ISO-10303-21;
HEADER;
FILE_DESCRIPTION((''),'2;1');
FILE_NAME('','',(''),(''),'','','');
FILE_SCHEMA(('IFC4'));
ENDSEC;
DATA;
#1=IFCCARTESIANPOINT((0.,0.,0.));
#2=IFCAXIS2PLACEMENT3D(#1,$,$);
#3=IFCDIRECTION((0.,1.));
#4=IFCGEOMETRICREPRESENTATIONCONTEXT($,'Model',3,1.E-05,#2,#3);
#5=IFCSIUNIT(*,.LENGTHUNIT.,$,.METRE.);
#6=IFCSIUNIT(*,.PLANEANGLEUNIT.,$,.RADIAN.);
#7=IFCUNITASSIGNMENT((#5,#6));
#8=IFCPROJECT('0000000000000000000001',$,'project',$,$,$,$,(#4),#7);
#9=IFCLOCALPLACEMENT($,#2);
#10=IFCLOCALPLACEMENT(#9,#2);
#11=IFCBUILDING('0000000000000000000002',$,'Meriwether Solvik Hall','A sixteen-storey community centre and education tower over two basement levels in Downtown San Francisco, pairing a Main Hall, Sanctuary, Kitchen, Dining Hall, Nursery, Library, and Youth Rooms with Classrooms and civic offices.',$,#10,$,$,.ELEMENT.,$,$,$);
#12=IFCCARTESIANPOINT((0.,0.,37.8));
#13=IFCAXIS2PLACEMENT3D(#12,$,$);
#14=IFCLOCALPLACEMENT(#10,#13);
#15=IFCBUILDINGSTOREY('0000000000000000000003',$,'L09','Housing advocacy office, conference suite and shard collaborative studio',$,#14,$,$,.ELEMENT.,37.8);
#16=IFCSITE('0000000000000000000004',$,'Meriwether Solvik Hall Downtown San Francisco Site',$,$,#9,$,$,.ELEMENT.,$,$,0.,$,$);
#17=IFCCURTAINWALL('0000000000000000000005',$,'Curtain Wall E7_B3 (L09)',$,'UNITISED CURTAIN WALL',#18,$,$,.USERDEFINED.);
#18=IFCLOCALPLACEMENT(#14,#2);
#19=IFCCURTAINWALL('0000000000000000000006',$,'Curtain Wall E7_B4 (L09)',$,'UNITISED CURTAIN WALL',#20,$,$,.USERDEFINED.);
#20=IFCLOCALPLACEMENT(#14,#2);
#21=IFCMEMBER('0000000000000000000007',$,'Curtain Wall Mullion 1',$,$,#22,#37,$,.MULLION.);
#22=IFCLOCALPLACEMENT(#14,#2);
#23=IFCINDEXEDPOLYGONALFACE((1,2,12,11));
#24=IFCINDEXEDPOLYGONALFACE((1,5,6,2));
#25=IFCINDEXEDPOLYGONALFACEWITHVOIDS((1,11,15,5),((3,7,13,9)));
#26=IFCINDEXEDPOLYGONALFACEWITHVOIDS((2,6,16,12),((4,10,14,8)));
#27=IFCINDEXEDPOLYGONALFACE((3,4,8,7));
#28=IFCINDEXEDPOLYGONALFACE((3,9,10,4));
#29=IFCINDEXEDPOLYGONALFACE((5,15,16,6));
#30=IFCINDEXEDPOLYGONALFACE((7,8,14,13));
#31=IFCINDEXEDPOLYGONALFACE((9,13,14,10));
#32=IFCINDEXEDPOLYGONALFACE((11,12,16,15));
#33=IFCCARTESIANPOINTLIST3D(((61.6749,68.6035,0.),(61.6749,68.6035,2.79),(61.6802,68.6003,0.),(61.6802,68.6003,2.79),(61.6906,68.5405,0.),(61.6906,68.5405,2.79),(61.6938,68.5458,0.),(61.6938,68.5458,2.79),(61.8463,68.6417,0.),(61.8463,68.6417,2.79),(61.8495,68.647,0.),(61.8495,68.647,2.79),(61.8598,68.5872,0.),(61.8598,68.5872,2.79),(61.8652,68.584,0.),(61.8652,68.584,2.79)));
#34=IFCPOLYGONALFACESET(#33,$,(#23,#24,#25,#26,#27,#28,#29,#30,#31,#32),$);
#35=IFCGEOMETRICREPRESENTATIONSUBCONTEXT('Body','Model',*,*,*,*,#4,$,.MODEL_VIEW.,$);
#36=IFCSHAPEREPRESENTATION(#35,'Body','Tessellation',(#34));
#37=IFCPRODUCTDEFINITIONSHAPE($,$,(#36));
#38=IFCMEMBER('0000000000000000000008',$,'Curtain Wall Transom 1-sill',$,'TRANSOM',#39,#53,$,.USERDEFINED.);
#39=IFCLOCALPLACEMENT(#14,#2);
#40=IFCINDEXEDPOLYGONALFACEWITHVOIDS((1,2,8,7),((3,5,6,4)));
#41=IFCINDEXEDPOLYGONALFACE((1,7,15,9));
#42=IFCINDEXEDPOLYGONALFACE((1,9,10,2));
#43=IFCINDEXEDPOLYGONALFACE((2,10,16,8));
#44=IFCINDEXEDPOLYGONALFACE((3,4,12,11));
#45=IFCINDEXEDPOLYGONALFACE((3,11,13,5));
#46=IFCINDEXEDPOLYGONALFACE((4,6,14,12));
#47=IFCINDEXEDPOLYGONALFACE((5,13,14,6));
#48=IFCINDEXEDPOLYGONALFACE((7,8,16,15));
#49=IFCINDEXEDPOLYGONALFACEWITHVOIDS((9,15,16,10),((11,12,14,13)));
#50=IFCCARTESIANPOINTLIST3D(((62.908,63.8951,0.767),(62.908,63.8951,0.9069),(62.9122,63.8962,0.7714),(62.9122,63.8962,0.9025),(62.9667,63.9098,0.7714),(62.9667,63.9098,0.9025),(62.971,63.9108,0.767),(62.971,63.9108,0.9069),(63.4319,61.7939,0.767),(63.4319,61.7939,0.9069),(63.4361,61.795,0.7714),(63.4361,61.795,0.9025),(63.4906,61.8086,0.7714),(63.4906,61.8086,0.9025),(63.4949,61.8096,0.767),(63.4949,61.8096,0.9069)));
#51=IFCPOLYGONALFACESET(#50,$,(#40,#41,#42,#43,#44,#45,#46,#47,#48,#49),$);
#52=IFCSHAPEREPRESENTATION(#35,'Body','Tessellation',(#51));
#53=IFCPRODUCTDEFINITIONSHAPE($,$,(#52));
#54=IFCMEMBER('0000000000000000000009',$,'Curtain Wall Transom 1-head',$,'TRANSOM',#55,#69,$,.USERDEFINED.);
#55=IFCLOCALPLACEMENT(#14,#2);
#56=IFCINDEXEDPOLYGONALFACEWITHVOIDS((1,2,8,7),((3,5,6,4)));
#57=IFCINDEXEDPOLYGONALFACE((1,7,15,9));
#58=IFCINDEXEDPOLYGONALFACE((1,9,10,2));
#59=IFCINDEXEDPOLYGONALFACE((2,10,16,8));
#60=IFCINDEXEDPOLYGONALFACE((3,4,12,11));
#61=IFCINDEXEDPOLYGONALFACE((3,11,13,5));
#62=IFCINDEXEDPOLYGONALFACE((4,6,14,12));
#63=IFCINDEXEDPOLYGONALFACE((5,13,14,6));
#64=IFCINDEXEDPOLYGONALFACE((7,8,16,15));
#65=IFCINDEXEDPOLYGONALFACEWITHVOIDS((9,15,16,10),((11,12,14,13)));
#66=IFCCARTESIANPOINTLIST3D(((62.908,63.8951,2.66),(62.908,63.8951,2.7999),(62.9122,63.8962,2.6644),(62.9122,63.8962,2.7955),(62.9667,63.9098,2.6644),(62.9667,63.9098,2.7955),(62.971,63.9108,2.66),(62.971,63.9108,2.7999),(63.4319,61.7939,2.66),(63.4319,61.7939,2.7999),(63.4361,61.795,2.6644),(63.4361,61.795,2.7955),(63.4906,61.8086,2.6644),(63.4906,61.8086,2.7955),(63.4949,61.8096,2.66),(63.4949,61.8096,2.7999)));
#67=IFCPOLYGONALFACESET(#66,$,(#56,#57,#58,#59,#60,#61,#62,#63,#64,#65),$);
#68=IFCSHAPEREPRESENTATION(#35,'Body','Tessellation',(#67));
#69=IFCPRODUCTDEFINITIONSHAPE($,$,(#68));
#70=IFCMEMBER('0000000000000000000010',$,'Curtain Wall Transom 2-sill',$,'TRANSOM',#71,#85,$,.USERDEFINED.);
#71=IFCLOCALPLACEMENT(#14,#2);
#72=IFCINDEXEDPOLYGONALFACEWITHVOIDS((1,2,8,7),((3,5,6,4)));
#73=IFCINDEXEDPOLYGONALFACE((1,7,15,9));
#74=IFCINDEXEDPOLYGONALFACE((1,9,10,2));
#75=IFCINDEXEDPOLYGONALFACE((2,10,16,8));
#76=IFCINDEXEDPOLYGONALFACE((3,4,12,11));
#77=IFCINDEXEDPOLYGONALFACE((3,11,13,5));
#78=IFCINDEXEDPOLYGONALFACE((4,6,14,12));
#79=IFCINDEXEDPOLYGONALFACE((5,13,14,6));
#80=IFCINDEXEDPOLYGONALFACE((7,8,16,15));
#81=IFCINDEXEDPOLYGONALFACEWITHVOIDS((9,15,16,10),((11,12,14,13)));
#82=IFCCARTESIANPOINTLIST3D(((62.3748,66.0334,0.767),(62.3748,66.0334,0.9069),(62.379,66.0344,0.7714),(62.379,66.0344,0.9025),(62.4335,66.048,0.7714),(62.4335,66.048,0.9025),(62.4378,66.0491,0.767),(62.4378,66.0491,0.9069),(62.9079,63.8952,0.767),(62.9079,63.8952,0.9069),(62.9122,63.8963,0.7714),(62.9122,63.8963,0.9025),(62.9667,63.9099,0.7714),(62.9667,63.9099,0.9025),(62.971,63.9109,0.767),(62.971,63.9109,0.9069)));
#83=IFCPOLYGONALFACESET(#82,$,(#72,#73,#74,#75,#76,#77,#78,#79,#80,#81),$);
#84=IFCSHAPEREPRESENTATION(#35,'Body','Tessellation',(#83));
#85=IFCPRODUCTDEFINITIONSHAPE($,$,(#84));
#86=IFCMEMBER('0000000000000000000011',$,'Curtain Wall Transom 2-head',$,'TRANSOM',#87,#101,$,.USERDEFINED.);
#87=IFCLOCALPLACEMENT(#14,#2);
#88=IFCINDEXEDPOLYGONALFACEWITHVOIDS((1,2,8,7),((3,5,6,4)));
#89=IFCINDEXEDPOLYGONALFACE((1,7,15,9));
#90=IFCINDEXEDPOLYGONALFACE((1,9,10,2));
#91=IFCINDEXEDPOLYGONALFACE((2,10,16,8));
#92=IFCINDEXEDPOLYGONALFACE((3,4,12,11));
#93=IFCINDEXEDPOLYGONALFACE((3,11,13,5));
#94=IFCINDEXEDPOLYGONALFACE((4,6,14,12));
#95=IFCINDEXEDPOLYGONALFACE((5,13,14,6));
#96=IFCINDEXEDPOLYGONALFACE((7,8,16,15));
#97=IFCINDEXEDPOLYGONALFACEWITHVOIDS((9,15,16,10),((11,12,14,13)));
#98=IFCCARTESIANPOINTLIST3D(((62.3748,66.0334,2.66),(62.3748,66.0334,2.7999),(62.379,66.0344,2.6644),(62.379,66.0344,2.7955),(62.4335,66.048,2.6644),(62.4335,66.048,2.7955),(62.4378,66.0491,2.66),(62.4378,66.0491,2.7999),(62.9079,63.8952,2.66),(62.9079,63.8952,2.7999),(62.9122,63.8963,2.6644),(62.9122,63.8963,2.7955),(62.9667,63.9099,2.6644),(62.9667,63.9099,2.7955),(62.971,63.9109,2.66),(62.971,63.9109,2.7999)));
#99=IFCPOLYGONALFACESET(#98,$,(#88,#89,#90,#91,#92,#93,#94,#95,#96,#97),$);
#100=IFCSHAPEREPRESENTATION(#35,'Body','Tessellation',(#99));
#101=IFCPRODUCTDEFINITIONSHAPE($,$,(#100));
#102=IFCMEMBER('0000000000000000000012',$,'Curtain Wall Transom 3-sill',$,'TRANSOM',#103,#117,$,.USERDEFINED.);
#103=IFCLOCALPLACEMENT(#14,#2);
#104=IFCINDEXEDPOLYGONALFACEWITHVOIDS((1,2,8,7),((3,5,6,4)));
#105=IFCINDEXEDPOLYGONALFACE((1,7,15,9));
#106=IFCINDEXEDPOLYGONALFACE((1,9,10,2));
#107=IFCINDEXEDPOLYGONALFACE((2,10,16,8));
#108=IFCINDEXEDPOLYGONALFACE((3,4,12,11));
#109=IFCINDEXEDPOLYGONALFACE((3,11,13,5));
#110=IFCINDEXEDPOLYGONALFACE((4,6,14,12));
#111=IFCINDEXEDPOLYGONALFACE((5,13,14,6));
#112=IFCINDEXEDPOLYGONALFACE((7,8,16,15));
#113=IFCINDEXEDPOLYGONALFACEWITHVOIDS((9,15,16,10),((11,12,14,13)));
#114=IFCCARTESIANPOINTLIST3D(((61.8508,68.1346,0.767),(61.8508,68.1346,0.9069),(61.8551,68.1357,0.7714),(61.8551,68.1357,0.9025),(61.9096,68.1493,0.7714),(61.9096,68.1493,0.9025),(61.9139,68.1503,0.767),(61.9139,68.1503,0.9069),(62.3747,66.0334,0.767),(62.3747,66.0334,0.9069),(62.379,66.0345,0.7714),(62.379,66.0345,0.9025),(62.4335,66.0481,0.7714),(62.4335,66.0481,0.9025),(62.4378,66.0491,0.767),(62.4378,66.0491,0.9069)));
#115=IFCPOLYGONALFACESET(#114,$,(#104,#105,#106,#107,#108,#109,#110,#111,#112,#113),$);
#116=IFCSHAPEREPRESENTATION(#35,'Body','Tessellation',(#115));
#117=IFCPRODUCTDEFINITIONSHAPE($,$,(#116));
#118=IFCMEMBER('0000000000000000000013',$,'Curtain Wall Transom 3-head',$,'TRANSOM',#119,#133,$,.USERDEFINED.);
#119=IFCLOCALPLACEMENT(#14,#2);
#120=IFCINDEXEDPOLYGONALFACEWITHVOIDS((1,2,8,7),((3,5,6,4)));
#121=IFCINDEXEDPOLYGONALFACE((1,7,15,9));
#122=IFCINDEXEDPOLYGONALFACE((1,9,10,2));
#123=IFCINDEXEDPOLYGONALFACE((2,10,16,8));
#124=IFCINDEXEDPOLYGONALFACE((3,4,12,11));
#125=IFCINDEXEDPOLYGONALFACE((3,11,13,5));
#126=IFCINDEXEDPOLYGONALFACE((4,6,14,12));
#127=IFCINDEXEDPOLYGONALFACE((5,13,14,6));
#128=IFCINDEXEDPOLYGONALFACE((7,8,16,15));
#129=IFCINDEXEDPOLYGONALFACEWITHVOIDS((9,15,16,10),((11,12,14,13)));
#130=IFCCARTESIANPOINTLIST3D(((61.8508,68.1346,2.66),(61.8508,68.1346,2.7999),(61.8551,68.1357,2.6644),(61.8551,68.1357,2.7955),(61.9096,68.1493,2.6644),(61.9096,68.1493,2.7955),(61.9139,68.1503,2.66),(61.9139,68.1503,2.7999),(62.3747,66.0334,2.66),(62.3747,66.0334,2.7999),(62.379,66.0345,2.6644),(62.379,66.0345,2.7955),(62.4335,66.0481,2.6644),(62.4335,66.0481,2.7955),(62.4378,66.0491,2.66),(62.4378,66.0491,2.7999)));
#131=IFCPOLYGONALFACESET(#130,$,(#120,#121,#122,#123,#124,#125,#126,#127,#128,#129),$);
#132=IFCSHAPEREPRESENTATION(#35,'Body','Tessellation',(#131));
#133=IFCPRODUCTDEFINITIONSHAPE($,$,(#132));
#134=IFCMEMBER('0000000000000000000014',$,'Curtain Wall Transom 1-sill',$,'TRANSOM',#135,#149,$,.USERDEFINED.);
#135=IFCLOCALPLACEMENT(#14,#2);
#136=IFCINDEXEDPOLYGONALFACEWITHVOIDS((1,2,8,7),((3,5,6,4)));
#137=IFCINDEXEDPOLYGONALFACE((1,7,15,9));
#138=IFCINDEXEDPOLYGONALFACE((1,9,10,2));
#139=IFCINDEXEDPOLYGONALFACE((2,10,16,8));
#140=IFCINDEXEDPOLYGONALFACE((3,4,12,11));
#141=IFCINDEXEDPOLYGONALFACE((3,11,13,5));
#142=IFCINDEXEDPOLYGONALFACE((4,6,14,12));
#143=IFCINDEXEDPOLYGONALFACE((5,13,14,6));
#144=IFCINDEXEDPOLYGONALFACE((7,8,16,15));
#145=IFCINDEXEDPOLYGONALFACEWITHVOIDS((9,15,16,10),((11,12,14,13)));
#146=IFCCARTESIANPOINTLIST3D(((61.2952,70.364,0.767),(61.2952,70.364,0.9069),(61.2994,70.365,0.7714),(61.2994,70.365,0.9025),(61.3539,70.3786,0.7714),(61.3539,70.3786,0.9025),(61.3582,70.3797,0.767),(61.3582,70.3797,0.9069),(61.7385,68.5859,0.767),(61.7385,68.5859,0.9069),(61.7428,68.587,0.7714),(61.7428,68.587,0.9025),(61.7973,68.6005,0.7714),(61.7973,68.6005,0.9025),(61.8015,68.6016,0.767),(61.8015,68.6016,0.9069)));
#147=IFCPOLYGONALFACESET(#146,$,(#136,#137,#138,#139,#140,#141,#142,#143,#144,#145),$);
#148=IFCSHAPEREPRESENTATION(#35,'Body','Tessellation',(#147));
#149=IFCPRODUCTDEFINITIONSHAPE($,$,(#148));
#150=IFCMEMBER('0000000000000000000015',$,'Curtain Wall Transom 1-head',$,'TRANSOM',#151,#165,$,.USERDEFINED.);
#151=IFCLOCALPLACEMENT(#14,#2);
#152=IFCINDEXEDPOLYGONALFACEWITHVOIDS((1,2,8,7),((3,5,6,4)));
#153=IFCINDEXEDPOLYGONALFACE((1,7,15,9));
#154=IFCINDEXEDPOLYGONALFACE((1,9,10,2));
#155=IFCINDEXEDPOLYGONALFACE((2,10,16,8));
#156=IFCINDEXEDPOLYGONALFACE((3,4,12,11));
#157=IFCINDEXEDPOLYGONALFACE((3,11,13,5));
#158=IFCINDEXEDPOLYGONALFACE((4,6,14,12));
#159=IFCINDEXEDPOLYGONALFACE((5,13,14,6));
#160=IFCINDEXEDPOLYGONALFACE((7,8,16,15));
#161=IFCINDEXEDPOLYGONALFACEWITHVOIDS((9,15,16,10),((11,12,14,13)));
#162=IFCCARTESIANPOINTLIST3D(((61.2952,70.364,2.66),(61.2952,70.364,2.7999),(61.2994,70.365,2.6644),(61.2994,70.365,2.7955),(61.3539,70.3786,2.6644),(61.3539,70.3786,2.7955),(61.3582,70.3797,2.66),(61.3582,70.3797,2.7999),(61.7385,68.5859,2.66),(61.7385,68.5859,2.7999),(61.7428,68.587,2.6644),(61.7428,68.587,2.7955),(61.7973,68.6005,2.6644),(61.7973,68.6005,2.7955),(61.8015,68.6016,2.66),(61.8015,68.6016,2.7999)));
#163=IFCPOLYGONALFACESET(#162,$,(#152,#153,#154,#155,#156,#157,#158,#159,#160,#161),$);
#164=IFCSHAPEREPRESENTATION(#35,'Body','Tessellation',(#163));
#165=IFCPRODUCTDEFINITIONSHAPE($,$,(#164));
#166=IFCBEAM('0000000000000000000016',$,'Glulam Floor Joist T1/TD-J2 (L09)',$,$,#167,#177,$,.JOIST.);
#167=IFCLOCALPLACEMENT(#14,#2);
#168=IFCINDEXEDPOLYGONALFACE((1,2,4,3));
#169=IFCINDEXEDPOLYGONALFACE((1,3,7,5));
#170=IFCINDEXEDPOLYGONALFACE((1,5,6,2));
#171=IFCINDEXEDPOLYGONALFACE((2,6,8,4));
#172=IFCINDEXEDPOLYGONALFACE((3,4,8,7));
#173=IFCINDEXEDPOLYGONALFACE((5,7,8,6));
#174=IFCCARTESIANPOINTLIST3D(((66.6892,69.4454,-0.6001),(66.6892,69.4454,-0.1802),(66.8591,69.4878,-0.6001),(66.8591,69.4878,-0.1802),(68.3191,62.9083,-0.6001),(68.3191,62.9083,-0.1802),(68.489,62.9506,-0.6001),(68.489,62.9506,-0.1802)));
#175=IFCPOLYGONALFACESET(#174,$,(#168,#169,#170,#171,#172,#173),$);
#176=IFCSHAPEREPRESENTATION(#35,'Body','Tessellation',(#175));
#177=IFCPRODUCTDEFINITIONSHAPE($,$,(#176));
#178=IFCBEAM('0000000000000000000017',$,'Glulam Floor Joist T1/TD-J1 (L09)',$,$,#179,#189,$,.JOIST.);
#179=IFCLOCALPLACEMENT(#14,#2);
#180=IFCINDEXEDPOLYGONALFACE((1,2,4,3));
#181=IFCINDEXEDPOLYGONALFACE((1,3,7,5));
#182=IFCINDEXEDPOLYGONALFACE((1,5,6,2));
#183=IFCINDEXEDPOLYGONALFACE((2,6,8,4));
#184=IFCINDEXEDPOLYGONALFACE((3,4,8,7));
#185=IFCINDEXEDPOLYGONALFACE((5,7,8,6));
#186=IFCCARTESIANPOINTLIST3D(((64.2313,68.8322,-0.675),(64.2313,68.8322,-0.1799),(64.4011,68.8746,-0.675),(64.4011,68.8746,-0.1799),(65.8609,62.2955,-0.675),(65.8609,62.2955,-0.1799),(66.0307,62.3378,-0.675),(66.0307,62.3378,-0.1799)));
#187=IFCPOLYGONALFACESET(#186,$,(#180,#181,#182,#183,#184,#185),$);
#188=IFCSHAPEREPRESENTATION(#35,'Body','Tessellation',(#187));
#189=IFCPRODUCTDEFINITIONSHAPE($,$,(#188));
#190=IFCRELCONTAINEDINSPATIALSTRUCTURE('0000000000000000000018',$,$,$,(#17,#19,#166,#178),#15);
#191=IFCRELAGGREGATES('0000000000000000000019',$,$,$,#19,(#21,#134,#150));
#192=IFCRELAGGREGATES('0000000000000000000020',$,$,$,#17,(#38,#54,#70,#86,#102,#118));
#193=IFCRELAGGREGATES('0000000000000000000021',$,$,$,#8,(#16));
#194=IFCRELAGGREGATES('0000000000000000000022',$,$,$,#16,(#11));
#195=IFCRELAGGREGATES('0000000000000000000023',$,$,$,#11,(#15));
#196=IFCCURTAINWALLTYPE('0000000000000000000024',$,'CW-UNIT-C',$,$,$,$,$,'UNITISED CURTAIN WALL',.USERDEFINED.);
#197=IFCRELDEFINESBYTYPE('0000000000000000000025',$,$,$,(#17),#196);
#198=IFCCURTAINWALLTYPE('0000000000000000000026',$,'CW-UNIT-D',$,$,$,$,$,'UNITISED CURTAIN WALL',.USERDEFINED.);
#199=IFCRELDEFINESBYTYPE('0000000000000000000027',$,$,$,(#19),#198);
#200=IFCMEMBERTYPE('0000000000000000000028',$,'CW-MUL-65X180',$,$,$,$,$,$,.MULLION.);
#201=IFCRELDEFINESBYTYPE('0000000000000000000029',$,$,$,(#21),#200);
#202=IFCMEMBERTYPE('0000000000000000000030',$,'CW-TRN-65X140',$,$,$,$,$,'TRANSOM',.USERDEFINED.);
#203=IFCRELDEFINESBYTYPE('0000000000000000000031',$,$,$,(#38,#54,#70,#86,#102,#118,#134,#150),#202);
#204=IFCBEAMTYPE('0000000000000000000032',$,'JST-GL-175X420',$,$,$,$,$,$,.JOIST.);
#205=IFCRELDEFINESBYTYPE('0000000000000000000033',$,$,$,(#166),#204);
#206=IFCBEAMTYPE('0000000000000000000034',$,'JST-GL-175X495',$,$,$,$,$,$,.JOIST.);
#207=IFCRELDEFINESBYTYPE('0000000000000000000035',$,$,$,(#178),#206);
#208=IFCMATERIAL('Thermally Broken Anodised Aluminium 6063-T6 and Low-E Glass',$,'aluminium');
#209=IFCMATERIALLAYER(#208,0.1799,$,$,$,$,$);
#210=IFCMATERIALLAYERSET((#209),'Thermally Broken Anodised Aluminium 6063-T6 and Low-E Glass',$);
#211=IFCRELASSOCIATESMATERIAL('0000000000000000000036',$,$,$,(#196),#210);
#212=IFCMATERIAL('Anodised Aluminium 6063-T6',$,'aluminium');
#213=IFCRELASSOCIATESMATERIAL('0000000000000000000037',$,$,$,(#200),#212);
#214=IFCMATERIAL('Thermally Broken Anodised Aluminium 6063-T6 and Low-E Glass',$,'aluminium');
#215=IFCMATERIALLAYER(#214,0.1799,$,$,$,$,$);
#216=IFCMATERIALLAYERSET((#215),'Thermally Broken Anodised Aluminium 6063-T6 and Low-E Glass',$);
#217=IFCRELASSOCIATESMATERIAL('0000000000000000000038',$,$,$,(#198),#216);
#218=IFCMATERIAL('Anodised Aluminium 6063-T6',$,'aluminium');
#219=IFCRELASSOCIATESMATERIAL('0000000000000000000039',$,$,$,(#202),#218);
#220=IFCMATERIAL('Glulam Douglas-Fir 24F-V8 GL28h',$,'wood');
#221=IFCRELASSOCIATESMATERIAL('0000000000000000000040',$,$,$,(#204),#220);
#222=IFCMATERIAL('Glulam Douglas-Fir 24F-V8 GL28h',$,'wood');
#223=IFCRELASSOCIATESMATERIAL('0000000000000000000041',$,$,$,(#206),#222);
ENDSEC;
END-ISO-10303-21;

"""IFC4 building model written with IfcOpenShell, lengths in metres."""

from ifc_helpers import new_model, si_unit, direction, frame, origin, origin_2d, place, context, subcontext, project, spatial, rectangle, hollow_rectangle, extrude, material, layer, layer_set, material_profile, profile_set, type_object, element, aggregate, save


model = new_model("IFC4")

# Units and contexts
model_context = context("Model", 3, precision=1e-05, world=origin(), true_north=direction((0.0, 1.0)))
body_context = subcontext(model_context, "Body", "Model", "MODEL_VIEW")
ifc_project = project(units=[si_unit("LENGTHUNIT", "METRE"), si_unit("PLANEANGLEUNIT", "RADIAN")], contexts=[model_context])

# Site, building, storey
site_placement = place(None, origin())
site = spatial("IfcSite", under=ifc_project, at=site_placement, Name="Meriwether Solvik Hall Downtown San Francisco Site", CompositionType="ELEMENT", RefElevation=0.0)
building_placement = place(site_placement, origin())
building = spatial("IfcBuilding", under=site, at=building_placement, Name="Meriwether Solvik Hall", Description="A sixteen-storey community centre and education tower over two basement levels in Downtown San Francisco, pairing a Main Hall, Sanctuary, Kitchen, Dining Hall, Nursery, Library, and Youth Rooms with Classrooms and civic offices.", CompositionType="ELEMENT")
storey_placement = place(building_placement, frame((0.0, 0.0, 37.8)))
storey = spatial("IfcBuildingStorey", under=building, at=storey_placement, Name="L09", Description="Housing advocacy office, conference suite and shard collaborative studio", CompositionType="ELEMENT", Elevation=37.8)

# Curtain wall
ifc_material_1 = material(Name="Thermally Broken Anodised Aluminium 6063-T6 and Low-E Glass", Category="aluminium")
ifc_layer_1 = layer(ifc_material_1, 0.1799)
ifc_layer_set_1 = layer_set([ifc_layer_1], Name="Thermally Broken Anodised Aluminium 6063-T6 and Low-E Glass")
curtain_wall_type_1 = type_object("IfcCurtainWallType", Name="CW-UNIT-C", ElementType="UNITISED CURTAIN WALL", PredefinedType="USERDEFINED", material=ifc_layer_set_1)
curtain_wall_1_placement = place(storey_placement, origin())
curtain_wall_1 = element("IfcCurtainWall", 1, at=curtain_wall_1_placement, inside=storey, type_object=curtain_wall_type_1, Name="Curtain Wall E7_B3 (L09)", ObjectType="UNITISED CURTAIN WALL", PredefinedType="USERDEFINED")
ifc_material_2 = material(Name="Anodised Aluminium 6063-T6", Category="aluminium")
ifc_material_profile_1 = material_profile(ifc_material_2, hollow_rectangle(XDim=0.0649, YDim=0.1799, WallThickness=0.0044, at=origin_2d()), Name="CWM-65X180")
ifc_profile_set_1 = profile_set([ifc_material_profile_1], Name="Anodised Aluminium 6063-T6")
member_type_1 = type_object("IfcMemberType", Name="CW-MUL-65X180", PredefinedType="MULLION", material=ifc_profile_set_1)

# Curtain wall, member
ifc_material_3 = material(Name="Thermally Broken Anodised Aluminium 6063-T6 and Low-E Glass", Category="aluminium")
ifc_layer_2 = layer(ifc_material_3, 0.1799)
ifc_layer_set_2 = layer_set([ifc_layer_2], Name="Thermally Broken Anodised Aluminium 6063-T6 and Low-E Glass")
curtain_wall_type_2 = type_object("IfcCurtainWallType", Name="CW-UNIT-D", ElementType="UNITISED CURTAIN WALL", PredefinedType="USERDEFINED", material=ifc_layer_set_2)
curtain_wall_2_placement = place(storey_placement, origin())
curtain_wall_2 = element("IfcCurtainWall", 2, at=curtain_wall_2_placement, inside=storey, type_object=curtain_wall_type_2, Name="Curtain Wall E7_B4 (L09)", ObjectType="UNITISED CURTAIN WALL", PredefinedType="USERDEFINED")
member_1_placement = place(storey_placement, frame((61.77, 68.5938, 0.0), z_axis=(0.0, 0.0, 1.0), x_axis=(-0.241922, 0.970296, 0.0)))
member_1 = element("IfcMember", 3, at=member_1_placement, type_object=member_type_1, Name="Curtain Wall Mullion 1", PredefinedType="MULLION", context=body_context, shape_type="SweptSolid", body=[
    extrude(hollow_rectangle(XDim=0.0649, YDim=0.1799, WallThickness=0.0044, at=origin_2d()), origin(), (0.0, 0.0, 1.0), 2.79),
])

# Members
ifc_material_4 = material(Name="Anodised Aluminium 6063-T6", Category="aluminium")
ifc_material_profile_2 = material_profile(ifc_material_4, hollow_rectangle(XDim=0.0649, YDim=0.1399, WallThickness=0.0044, at=origin_2d()), Name="CWT-65X140")
ifc_profile_set_2 = profile_set([ifc_material_profile_2], Name="Anodised Aluminium 6063-T6")
member_type_2 = type_object("IfcMemberType", Name="CW-TRN-65X140", ElementType="TRANSOM", PredefinedType="USERDEFINED", material=ifc_profile_set_2)
member_2_placement = place(storey_placement, frame((63.4634, 61.8018, 0.8369), z_axis=(-0.241925, 0.970295, 0.0), x_axis=(-0.970295, -0.241925, 0.0)))
member_2 = element("IfcMember", 4, at=member_2_placement, type_object=member_type_2, Name="Curtain Wall Transom 1-sill", ObjectType="TRANSOM", PredefinedType="USERDEFINED", context=body_context, shape_type="SweptSolid", body=[
    extrude(hollow_rectangle(XDim=0.0649, YDim=0.1399, WallThickness=0.0044, at=origin_2d()), origin(), (0.0, 0.0, 1.0), 2.1655),
])
member_3_placement = place(storey_placement, frame((63.4634, 61.8018, 2.73), z_axis=(-0.241925, 0.970295, 0.0), x_axis=(-0.970295, -0.241925, 0.0)))
member_3 = element("IfcMember", 5, at=member_3_placement, type_object=member_type_2, Name="Curtain Wall Transom 1-head", ObjectType="TRANSOM", PredefinedType="USERDEFINED", context=body_context, shape_type="SweptSolid", body=[
    extrude(hollow_rectangle(XDim=0.0649, YDim=0.1399, WallThickness=0.0044, at=origin_2d()), origin(), (0.0, 0.0, 1.0), 2.1655),
])
member_4_placement = place(storey_placement, frame((62.9395, 63.9031, 0.8369), z_axis=(-0.241962, 0.970286, 0.0), x_axis=(-0.970286, -0.241962, 0.0)))
member_4 = element("IfcMember", 6, at=member_4_placement, type_object=member_type_2, Name="Curtain Wall Transom 2-sill", ObjectType="TRANSOM", PredefinedType="USERDEFINED", context=body_context, shape_type="SweptSolid", body=[
    extrude(hollow_rectangle(XDim=0.0649, YDim=0.1399, WallThickness=0.0044, at=origin_2d()), origin(), (0.0, 0.0, 1.0), 2.2036),
])
member_5_placement = place(storey_placement, frame((62.9395, 63.9031, 2.73), z_axis=(-0.241962, 0.970286, 0.0), x_axis=(-0.970286, -0.241962, 0.0)))
member_5 = element("IfcMember", 7, at=member_5_placement, type_object=member_type_2, Name="Curtain Wall Transom 2-head", ObjectType="TRANSOM", PredefinedType="USERDEFINED", context=body_context, shape_type="SweptSolid", body=[
    extrude(hollow_rectangle(XDim=0.0649, YDim=0.1399, WallThickness=0.0044, at=origin_2d()), origin(), (0.0, 0.0, 1.0), 2.2036),
])
member_6_placement = place(storey_placement, frame((62.4062, 66.0413, 0.8369), z_axis=(-0.241925, 0.970295, 0.0), x_axis=(-0.970295, -0.241925, 0.0)))
member_6 = element("IfcMember", 8, at=member_6_placement, type_object=member_type_2, Name="Curtain Wall Transom 3-sill", ObjectType="TRANSOM", PredefinedType="USERDEFINED", context=body_context, shape_type="SweptSolid", body=[
    extrude(hollow_rectangle(XDim=0.0649, YDim=0.1399, WallThickness=0.0044, at=origin_2d()), origin(), (0.0, 0.0, 1.0), 2.1655),
])
member_7_placement = place(storey_placement, frame((62.4062, 66.0413, 2.73), z_axis=(-0.241925, 0.970295, 0.0), x_axis=(-0.970295, -0.241925, 0.0)))
member_7 = element("IfcMember", 9, at=member_7_placement, type_object=member_type_2, Name="Curtain Wall Transom 3-head", ObjectType="TRANSOM", PredefinedType="USERDEFINED", context=body_context, shape_type="SweptSolid", body=[
    extrude(hollow_rectangle(XDim=0.0649, YDim=0.1399, WallThickness=0.0044, at=origin_2d()), origin(), (0.0, 0.0, 1.0), 2.1655),
])
member_8_placement = place(storey_placement, frame((61.77, 68.5938, 0.8369), z_axis=(-0.24194, 0.970291, 0.0), x_axis=(-0.970291, -0.24194, 0.0)))
member_8 = element("IfcMember", 10, at=member_8_placement, type_object=member_type_2, Name="Curtain Wall Transom 1-sill", ObjectType="TRANSOM", PredefinedType="USERDEFINED", context=body_context, shape_type="SweptSolid", body=[
    extrude(hollow_rectangle(XDim=0.0649, YDim=0.1399, WallThickness=0.0044, at=origin_2d()), origin(), (0.0, 0.0, 1.0), 1.8325),
])
member_9_placement = place(storey_placement, frame((61.77, 68.5938, 2.73), z_axis=(-0.24194, 0.970291, 0.0), x_axis=(-0.970291, -0.24194, 0.0)))
member_9 = element("IfcMember", 11, at=member_9_placement, type_object=member_type_2, Name="Curtain Wall Transom 1-head", ObjectType="TRANSOM", PredefinedType="USERDEFINED", context=body_context, shape_type="SweptSolid", body=[
    extrude(hollow_rectangle(XDim=0.0649, YDim=0.1399, WallThickness=0.0044, at=origin_2d()), origin(), (0.0, 0.0, 1.0), 1.8325),
])
aggregate(curtain_wall_2, [member_1, member_8, member_9])

# Beams
ifc_material_5 = material(Name="Glulam Douglas-Fir 24F-V8 GL28h", Category="wood")
ifc_material_profile_3 = material_profile(ifc_material_5, rectangle(XDim=0.175, YDim=0.4199, at=origin_2d()), Name="GLJ-175X420")
ifc_profile_set_3 = profile_set([ifc_material_profile_3], Name="Glulam Douglas-Fir 24F-V8 GL28h")
beam_type_1 = type_object("IfcBeamType", Name="JST-GL-175X420", PredefinedType="JOIST", material=ifc_profile_set_3)
beam_1_placement = place(storey_placement, frame((68.4041, 62.9294, -0.3901), z_axis=(-0.241922, 0.970296, 0.0), x_axis=(-0.970296, -0.241922, 0.0)))
element("IfcBeam", 12, at=beam_1_placement, inside=storey, type_object=beam_type_1, Name="Glulam Floor Joist T1/TD-J2 (L09)", PredefinedType="JOIST", context=body_context, shape_type="SweptSolid", body=[
    extrude(rectangle(XDim=0.175, YDim=0.4199, at=origin_2d()), origin(), (0.0, 0.0, 1.0), 6.7373),
])
ifc_material_6 = material(Name="Glulam Douglas-Fir 24F-V8 GL28h", Category="wood")
ifc_material_profile_4 = material_profile(ifc_material_6, rectangle(XDim=0.175, YDim=0.4951, at=origin_2d()), Name="GLJ-175X495")
ifc_profile_set_4 = profile_set([ifc_material_profile_4], Name="Glulam Douglas-Fir 24F-V8 GL28h")
beam_type_2 = type_object("IfcBeamType", Name="JST-GL-175X495", PredefinedType="JOIST", material=ifc_profile_set_4)
beam_2_placement = place(storey_placement, frame((65.9458, 62.3167, -0.4275), z_axis=(-0.241896, 0.970302, 0.0), x_axis=(-0.970302, -0.241896, 0.0)))
element("IfcBeam", 13, at=beam_2_placement, inside=storey, type_object=beam_type_2, Name="Glulam Floor Joist T1/TD-J1 (L09)", PredefinedType="JOIST", context=body_context, shape_type="SweptSolid", body=[
    extrude(rectangle(XDim=0.175, YDim=0.4951, at=origin_2d()), origin(), (0.0, 0.0, 1.0), 6.7368),
])

aggregate(curtain_wall_1, [member_2, member_3, member_4, member_5, member_6, member_7])

save(model, "model.ifc")
